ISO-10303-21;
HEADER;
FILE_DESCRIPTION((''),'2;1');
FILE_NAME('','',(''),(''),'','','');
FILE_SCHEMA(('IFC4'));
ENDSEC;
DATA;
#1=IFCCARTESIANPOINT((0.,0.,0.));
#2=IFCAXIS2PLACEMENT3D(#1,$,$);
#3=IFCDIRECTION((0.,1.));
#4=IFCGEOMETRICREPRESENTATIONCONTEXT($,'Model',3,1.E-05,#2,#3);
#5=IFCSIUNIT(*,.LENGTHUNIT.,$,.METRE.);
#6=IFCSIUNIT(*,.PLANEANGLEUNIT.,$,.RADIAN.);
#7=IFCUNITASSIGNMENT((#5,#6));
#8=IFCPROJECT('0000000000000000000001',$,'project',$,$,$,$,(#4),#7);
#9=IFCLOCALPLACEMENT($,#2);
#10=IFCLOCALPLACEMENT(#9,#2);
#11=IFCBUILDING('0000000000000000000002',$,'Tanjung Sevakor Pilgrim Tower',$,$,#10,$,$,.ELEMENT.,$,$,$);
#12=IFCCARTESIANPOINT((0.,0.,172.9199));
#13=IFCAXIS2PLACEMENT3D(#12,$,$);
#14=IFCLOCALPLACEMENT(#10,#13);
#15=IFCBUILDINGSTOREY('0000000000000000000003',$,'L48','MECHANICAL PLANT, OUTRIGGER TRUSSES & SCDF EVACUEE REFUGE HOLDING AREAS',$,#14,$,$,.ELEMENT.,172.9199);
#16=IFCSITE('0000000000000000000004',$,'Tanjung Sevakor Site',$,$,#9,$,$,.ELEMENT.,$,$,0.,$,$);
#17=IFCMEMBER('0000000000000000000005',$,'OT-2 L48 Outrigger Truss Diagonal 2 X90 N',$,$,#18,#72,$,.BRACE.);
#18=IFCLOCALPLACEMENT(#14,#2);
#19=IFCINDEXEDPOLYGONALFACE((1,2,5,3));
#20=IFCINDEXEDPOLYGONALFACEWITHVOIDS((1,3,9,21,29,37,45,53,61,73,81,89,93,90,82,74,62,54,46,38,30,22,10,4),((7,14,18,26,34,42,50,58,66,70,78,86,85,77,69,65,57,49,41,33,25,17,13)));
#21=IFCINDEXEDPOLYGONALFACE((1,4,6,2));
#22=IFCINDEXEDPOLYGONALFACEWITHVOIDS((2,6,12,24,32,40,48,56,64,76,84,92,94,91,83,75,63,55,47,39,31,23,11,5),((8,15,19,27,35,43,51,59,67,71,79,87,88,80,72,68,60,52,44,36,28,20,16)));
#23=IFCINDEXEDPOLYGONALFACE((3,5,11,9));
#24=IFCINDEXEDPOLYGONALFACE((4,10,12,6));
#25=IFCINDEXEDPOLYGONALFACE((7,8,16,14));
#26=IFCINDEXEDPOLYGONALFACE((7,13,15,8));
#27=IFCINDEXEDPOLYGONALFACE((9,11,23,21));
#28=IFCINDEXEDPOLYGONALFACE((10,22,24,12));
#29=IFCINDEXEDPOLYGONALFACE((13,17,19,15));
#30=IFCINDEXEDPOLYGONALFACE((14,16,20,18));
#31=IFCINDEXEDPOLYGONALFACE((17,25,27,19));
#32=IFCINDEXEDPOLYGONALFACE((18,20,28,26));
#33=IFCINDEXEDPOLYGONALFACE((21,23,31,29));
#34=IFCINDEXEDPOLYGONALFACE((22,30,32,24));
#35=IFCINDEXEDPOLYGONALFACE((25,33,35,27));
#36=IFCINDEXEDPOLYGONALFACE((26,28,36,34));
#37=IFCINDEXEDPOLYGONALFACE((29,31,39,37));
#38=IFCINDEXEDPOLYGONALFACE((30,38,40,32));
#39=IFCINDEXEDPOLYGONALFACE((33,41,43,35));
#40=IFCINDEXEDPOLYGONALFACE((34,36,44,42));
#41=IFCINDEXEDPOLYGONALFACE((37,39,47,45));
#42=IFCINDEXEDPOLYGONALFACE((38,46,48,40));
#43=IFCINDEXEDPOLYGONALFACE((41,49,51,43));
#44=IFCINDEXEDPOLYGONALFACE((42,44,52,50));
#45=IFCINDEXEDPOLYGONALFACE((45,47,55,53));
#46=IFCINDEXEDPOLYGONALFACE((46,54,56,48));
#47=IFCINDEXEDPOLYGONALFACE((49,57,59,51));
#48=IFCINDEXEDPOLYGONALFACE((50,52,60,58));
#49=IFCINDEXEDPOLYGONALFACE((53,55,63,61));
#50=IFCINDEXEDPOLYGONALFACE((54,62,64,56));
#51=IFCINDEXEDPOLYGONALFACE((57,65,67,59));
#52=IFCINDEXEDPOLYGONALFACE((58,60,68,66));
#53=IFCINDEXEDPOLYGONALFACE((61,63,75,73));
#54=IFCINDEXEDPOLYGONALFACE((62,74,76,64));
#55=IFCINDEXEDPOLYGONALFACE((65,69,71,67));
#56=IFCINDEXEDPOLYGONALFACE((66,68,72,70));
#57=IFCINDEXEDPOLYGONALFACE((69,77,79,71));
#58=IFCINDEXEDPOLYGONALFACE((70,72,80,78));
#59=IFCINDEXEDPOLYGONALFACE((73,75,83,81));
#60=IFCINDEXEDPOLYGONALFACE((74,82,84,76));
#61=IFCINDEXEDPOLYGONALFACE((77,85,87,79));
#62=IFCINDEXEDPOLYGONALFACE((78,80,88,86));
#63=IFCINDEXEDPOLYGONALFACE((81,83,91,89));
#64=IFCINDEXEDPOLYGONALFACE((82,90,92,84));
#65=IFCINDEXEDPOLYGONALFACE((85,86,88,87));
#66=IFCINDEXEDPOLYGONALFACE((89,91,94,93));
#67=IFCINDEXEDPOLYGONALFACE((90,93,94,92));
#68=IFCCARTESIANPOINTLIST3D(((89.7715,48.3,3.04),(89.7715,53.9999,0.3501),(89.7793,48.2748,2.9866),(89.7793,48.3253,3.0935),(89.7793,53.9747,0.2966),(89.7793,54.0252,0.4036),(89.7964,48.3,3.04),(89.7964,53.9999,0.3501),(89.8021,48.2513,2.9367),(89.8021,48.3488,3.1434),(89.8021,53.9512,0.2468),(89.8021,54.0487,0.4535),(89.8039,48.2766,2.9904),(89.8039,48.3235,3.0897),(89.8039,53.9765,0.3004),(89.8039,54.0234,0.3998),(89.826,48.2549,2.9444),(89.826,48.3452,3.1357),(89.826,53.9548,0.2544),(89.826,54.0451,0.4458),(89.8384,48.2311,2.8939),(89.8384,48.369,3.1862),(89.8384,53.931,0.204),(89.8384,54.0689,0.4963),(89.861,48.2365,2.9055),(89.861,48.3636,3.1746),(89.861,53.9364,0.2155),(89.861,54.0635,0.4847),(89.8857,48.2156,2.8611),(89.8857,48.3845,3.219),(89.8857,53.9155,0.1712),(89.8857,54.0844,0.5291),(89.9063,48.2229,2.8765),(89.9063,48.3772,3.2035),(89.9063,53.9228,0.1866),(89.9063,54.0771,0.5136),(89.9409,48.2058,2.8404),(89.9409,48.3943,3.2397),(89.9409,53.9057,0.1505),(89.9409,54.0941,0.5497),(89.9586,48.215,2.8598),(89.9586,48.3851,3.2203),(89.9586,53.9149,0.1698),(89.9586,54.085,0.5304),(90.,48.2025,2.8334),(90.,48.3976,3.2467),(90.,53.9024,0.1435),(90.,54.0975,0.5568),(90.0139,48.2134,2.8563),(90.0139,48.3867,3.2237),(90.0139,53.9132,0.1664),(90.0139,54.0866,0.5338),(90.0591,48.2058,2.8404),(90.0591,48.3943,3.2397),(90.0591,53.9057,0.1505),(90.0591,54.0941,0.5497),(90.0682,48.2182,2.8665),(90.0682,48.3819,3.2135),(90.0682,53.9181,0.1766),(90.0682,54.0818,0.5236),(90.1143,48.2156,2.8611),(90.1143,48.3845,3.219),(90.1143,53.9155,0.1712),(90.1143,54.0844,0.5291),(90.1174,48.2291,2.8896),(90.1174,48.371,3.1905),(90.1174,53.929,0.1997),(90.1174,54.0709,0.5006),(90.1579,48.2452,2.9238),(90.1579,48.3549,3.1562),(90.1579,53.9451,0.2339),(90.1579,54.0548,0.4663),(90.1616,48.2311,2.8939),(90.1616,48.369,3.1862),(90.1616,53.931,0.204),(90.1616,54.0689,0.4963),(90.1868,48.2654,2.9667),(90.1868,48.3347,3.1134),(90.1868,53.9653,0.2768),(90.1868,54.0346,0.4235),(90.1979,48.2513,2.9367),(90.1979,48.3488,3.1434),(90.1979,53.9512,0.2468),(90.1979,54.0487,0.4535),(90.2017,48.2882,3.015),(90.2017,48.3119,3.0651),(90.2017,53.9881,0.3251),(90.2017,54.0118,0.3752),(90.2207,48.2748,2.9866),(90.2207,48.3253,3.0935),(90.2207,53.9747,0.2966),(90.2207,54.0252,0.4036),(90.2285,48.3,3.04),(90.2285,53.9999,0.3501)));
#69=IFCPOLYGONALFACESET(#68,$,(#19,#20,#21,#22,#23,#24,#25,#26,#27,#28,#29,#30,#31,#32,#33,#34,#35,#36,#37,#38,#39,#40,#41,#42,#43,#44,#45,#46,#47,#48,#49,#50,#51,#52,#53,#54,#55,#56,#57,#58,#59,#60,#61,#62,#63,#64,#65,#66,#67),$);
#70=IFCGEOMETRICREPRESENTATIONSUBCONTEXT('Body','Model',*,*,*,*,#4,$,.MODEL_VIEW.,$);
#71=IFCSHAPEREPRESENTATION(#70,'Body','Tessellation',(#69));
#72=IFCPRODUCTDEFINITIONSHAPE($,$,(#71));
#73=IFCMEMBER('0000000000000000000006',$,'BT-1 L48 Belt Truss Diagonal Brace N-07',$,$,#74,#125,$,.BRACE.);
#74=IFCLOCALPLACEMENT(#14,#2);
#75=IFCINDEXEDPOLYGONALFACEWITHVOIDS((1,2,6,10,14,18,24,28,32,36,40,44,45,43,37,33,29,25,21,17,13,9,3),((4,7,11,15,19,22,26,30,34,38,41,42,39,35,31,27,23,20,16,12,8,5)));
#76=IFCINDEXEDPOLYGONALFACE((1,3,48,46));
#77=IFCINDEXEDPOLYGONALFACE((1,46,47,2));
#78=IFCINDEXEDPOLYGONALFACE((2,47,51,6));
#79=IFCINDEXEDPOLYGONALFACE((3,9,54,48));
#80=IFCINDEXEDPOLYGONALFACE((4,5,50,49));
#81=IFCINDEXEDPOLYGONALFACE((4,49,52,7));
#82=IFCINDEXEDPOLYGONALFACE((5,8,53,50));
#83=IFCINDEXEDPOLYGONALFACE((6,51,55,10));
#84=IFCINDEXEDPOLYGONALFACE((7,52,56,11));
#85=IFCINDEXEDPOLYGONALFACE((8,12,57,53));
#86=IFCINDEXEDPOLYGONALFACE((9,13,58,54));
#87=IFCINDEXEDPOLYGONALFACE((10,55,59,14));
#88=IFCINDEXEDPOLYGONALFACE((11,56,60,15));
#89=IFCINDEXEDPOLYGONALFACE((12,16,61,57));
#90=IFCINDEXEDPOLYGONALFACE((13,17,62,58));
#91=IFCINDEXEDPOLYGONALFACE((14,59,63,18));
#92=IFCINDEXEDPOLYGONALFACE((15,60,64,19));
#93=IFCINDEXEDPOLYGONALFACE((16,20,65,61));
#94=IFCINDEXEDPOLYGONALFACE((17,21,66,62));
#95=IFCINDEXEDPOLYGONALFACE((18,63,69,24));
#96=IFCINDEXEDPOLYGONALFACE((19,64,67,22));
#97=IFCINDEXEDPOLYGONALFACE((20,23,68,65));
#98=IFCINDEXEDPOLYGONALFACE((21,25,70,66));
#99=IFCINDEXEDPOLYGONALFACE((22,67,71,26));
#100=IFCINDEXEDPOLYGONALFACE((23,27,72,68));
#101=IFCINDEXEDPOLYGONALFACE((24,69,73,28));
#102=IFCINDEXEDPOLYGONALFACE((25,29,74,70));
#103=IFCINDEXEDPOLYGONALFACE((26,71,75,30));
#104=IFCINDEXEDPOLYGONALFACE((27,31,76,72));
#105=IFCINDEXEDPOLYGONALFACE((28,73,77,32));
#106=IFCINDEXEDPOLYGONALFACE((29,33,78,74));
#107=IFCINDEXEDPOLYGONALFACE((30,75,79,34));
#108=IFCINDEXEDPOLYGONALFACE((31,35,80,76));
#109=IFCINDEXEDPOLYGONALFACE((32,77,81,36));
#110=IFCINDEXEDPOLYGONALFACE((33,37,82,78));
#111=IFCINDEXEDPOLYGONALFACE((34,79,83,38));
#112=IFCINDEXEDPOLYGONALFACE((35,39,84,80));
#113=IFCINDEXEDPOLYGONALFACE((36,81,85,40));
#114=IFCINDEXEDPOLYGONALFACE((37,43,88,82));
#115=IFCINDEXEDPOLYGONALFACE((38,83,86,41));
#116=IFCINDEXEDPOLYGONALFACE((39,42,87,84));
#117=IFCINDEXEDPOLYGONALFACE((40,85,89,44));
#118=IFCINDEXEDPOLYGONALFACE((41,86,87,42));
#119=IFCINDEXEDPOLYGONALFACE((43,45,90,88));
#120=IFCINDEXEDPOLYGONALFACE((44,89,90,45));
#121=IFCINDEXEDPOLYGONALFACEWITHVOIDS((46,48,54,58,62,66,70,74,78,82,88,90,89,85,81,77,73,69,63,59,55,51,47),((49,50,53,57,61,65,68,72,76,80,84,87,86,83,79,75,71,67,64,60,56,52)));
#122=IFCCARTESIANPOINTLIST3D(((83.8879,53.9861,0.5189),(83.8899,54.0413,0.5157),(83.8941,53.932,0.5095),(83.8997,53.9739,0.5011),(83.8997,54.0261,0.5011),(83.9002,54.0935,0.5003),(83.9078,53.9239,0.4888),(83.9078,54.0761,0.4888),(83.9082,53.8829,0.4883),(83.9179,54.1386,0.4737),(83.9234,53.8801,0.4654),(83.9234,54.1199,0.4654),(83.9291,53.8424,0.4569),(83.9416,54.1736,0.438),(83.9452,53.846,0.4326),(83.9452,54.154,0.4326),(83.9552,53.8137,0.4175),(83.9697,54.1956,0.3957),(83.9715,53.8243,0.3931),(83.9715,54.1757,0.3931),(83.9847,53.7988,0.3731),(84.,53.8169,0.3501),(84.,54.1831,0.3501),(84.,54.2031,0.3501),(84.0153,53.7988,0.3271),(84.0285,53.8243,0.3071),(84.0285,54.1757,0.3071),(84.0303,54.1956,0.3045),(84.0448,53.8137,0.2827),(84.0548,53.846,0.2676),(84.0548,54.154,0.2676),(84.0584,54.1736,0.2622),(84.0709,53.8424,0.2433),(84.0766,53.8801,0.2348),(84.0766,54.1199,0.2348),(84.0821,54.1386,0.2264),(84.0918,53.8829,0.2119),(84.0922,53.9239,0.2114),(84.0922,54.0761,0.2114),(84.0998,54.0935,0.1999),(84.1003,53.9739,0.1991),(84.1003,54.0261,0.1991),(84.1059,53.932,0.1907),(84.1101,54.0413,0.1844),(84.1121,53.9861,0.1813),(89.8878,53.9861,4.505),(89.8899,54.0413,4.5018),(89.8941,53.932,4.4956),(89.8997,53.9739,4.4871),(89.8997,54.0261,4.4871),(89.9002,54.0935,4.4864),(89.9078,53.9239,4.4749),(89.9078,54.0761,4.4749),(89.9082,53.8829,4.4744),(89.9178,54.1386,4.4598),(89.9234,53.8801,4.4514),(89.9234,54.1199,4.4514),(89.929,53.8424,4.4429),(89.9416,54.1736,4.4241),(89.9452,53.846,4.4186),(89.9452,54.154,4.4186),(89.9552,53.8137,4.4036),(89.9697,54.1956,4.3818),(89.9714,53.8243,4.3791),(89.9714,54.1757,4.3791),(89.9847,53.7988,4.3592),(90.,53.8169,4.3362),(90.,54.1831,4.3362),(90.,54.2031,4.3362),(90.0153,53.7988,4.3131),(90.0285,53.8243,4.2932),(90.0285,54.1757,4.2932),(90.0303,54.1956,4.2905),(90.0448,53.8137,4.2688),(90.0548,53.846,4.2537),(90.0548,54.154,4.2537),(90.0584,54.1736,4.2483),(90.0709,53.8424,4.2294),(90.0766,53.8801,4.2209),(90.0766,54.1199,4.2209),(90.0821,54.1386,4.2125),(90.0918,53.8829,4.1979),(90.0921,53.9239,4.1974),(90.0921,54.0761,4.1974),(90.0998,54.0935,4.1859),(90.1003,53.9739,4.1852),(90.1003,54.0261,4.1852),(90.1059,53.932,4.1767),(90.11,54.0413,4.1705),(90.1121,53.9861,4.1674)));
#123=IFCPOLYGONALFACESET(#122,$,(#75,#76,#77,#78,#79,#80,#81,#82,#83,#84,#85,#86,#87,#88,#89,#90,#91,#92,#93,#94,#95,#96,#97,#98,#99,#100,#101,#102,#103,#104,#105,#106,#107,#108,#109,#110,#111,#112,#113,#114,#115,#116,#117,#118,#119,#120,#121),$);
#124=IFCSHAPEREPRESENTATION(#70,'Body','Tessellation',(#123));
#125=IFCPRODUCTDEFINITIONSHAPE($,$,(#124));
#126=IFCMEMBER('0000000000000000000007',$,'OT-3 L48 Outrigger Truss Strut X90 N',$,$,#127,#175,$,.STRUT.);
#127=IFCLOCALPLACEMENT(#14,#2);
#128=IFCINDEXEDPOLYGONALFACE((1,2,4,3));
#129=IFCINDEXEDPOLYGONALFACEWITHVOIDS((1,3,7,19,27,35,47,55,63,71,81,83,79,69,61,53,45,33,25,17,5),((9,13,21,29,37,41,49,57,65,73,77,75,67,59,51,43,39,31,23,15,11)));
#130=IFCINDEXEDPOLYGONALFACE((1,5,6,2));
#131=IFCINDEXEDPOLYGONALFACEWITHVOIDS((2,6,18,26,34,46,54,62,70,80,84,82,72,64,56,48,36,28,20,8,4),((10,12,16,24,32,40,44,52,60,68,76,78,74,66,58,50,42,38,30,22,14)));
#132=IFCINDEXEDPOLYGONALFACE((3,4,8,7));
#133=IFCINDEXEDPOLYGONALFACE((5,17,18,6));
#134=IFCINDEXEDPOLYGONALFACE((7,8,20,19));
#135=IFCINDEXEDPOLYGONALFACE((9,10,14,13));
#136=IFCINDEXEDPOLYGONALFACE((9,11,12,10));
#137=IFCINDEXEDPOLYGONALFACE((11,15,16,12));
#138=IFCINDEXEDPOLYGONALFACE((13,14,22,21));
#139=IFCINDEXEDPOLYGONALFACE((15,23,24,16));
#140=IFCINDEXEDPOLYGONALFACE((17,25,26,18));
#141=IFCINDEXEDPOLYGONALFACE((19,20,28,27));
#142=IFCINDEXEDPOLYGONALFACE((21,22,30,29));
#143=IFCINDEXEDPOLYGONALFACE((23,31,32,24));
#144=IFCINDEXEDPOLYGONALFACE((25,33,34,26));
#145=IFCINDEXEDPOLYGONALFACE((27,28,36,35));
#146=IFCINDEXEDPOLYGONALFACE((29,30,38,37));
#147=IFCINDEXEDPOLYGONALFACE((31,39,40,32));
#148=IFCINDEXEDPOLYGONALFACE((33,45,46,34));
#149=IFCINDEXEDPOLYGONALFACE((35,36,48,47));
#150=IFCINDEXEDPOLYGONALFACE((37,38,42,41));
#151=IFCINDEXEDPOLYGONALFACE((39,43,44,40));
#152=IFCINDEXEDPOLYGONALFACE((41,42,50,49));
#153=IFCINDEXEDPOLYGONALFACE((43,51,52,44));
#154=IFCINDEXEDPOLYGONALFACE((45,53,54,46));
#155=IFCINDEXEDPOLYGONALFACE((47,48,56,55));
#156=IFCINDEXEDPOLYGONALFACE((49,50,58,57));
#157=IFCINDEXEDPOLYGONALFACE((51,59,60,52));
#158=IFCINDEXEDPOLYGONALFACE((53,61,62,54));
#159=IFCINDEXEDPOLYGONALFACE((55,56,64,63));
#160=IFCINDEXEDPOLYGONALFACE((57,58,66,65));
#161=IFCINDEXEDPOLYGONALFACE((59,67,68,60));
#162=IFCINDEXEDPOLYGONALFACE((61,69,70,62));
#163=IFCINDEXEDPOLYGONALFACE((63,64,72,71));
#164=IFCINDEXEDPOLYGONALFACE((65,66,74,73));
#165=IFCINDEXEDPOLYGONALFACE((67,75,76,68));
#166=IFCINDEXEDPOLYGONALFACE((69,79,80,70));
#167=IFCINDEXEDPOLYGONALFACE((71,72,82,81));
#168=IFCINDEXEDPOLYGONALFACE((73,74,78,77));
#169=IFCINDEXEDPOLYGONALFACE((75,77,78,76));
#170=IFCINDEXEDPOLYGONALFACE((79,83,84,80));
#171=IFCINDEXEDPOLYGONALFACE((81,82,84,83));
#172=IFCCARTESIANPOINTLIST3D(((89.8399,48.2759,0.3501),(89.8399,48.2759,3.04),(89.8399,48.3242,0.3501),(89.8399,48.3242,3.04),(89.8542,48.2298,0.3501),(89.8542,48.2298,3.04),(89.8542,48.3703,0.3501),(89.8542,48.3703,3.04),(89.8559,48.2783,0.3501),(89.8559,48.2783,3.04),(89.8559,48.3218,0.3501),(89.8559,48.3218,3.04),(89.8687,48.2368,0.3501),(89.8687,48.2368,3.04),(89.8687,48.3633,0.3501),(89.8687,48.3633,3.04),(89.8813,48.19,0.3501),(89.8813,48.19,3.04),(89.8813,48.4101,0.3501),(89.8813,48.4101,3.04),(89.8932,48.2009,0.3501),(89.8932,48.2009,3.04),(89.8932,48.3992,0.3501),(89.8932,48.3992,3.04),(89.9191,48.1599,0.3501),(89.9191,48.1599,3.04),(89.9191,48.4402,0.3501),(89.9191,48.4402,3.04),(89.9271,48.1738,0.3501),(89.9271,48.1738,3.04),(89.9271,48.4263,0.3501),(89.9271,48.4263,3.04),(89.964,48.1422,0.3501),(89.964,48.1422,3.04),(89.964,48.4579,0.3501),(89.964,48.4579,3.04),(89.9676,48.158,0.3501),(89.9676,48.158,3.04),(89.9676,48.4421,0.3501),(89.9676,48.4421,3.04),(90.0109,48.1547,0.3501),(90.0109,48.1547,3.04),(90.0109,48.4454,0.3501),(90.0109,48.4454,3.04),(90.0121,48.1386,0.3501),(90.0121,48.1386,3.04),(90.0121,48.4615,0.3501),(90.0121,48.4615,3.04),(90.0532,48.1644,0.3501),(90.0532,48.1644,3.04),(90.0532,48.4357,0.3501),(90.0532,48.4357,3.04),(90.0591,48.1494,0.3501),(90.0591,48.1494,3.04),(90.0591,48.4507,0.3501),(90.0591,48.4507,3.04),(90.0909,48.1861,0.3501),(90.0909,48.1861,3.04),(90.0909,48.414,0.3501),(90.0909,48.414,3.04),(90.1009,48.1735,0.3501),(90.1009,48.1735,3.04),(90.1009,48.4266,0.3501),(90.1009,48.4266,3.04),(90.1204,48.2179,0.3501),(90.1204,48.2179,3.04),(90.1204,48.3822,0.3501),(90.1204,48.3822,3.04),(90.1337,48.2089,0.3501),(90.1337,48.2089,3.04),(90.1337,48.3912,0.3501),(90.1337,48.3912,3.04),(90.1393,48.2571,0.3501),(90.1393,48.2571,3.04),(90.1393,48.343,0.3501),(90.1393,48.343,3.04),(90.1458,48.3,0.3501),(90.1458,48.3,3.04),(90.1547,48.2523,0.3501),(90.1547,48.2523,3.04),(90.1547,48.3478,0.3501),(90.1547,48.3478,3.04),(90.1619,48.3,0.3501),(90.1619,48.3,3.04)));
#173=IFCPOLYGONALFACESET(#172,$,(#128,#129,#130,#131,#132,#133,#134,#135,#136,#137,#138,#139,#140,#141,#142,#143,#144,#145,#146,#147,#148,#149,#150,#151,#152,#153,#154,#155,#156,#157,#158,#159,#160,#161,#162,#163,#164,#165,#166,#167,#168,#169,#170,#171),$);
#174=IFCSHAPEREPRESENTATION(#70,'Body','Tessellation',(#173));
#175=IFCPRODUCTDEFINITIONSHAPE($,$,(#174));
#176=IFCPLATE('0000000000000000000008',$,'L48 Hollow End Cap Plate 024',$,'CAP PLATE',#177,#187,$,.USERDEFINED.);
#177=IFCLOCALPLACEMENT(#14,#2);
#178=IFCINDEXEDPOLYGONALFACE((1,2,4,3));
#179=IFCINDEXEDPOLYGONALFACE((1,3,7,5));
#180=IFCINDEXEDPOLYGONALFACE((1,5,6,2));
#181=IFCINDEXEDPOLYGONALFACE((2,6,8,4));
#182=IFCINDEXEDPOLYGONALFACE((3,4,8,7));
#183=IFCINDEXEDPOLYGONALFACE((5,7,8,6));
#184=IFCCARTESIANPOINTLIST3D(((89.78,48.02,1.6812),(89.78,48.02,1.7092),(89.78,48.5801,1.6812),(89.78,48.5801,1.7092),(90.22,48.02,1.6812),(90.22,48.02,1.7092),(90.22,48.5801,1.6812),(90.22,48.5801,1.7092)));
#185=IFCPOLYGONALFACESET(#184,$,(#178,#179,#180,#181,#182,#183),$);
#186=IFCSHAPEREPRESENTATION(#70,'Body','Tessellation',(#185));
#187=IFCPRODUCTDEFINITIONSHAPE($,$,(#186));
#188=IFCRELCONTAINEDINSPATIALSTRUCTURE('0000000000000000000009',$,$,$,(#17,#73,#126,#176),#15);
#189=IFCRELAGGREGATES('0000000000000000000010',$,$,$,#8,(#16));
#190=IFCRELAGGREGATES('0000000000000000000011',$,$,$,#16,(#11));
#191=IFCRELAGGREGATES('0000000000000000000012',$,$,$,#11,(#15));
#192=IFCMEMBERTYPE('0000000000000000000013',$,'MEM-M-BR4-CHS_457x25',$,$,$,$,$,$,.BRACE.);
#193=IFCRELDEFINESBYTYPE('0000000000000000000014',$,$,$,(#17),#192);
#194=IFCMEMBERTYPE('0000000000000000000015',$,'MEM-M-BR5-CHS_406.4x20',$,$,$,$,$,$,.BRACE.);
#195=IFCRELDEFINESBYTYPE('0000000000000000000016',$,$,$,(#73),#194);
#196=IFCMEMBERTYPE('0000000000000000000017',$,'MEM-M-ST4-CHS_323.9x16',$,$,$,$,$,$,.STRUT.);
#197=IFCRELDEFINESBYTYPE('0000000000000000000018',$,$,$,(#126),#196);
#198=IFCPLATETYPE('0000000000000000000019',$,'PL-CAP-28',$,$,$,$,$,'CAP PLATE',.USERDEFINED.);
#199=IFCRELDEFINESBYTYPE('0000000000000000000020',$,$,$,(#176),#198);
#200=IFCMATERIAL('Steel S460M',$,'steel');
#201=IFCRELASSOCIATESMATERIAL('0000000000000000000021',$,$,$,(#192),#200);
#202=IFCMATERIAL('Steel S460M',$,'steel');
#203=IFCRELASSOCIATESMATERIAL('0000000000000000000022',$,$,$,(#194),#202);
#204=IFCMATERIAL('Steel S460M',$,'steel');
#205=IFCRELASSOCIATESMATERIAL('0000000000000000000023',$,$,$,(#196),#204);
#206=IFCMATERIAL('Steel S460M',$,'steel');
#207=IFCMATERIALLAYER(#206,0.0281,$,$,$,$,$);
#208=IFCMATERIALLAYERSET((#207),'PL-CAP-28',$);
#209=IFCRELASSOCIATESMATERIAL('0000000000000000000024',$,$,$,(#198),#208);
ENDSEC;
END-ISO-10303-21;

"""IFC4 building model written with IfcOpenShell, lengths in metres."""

from ifc_helpers import new_model, si_unit, direction, frame, origin, origin_2d, place, context, subcontext, project, spatial, rectangle, hollow_circle, extrude, material, layer, layer_set, material_profile, profile_set, type_object, element, save


model = new_model("IFC4")

# Units and contexts
model_context = context("Model", 3, precision=1e-05, world=origin(), true_north=direction((0.0, 1.0)))
body_context = subcontext(model_context, "Body", "Model", "MODEL_VIEW")
ifc_project = project(units=[si_unit("LENGTHUNIT", "METRE"), si_unit("PLANEANGLEUNIT", "RADIAN")], contexts=[model_context])

# Site, building, storey
site_placement = place(None, origin())
site = spatial("IfcSite", under=ifc_project, at=site_placement, Name="Tanjung Sevakor Site", CompositionType="ELEMENT", RefElevation=0.0)
building_placement = place(site_placement, origin())
building = spatial("IfcBuilding", under=site, at=building_placement, Name="Tanjung Sevakor Pilgrim Tower", CompositionType="ELEMENT")
storey_placement = place(building_placement, frame((0.0, 0.0, 172.9199)))
storey = spatial("IfcBuildingStorey", under=building, at=storey_placement, Name="L48", Description="MECHANICAL PLANT, OUTRIGGER TRUSSES & SCDF EVACUEE REFUGE HOLDING AREAS", CompositionType="ELEMENT", Elevation=172.9199)

# Members
ifc_material_1 = material(Name="Steel S460M", Category="steel")
ifc_material_profile_1 = material_profile(ifc_material_1, hollow_circle(Radius=0.2285, WallThickness=0.0249, at=origin_2d()))
ifc_profile_set_1 = profile_set([ifc_material_profile_1], Name="Steel S460M")
member_type_1 = type_object("IfcMemberType", Name="MEM-M-BR4-CHS_457x25", PredefinedType="BRACE", material=ifc_profile_set_1)
member_1_placement = place(storey_placement, frame((90.0, 48.3, 3.04), z_axis=(0.0, 0.904353, -0.426785), x_axis=(-1.0, 0.0, 0.0)))
element("IfcMember", 1, at=member_1_placement, inside=storey, type_object=member_type_1, Name="OT-2 L48 Outrigger Truss Diagonal 2 X90 N", PredefinedType="BRACE", context=body_context, shape_type="SweptSolid", body=[
    extrude(hollow_circle(Radius=0.2285, WallThickness=0.0249, at=origin_2d()), origin(), (0.0, 0.0, 1.0), 6.3027),
])
ifc_material_2 = material(Name="Steel S460M", Category="steel")
ifc_material_profile_2 = material_profile(ifc_material_2, hollow_circle(Radius=0.2031, WallThickness=0.02, at=origin_2d()))
ifc_profile_set_2 = profile_set([ifc_material_profile_2], Name="Steel S460M")
member_type_2 = type_object("IfcMemberType", Name="MEM-M-BR5-CHS_406.4x20", PredefinedType="BRACE", material=ifc_profile_set_2)
member_2_placement = place(storey_placement, frame((84.0, 54.0, 0.3501), z_axis=(0.832941, 0.0, 0.553362), x_axis=(0.0, 1.0, 0.0)))
element("IfcMember", 2, at=member_2_placement, inside=storey, type_object=member_type_2, Name="BT-1 L48 Belt Truss Diagonal Brace N-07", PredefinedType="BRACE", context=body_context, shape_type="SweptSolid", body=[
    extrude(hollow_circle(Radius=0.2031, WallThickness=0.02, at=origin_2d()), origin(), (0.0, 0.0, 1.0), 7.2034),
])
ifc_material_3 = material(Name="Steel S460M", Category="steel")
ifc_material_profile_3 = material_profile(ifc_material_3, hollow_circle(Radius=0.1619, WallThickness=0.0161, at=origin_2d()))
ifc_profile_set_3 = profile_set([ifc_material_profile_3], Name="Steel S460M")
member_type_3 = type_object("IfcMemberType", Name="MEM-M-ST4-CHS_323.9x16", PredefinedType="STRUT", material=ifc_profile_set_3)
member_3_placement = place(storey_placement, frame((90.0, 48.3, 0.3501), z_axis=(0.0, 0.0, 1.0), x_axis=(1.0, 0.0, 0.0)))
element("IfcMember", 3, at=member_3_placement, inside=storey, type_object=member_type_3, Name="OT-3 L48 Outrigger Truss Strut X90 N", PredefinedType="STRUT", context=body_context, shape_type="SweptSolid", body=[
    extrude(hollow_circle(Radius=0.1619, WallThickness=0.0161, at=origin_2d()), origin(), (0.0, 0.0, 1.0), 2.6899),
])

# Plate
ifc_material_4 = material(Name="Steel S460M", Category="steel")
ifc_layer_1 = layer(ifc_material_4, 0.0281)
ifc_layer_set_1 = layer_set([ifc_layer_1], Name="PL-CAP-28")
plate_type_1 = type_object("IfcPlateType", Name="PL-CAP-28", ElementType="CAP PLATE", PredefinedType="USERDEFINED", material=ifc_layer_set_1)
plate_placement = place(storey_placement, frame((90.0, 48.3, 1.6812), z_axis=(0.0, 0.0, 1.0), x_axis=(1.0, 0.0, 0.0)))
element("IfcPlate", 4, at=plate_placement, inside=storey, type_object=plate_type_1, Name="L48 Hollow End Cap Plate 024", ObjectType="CAP PLATE", PredefinedType="USERDEFINED", context=body_context, shape_type="SweptSolid", body=[
    extrude(rectangle(XDim=0.4399, YDim=0.5601, at=origin_2d()), origin(), (0.0, 0.0, 1.0), 0.0281),
])

save(model, "model.ifc")
